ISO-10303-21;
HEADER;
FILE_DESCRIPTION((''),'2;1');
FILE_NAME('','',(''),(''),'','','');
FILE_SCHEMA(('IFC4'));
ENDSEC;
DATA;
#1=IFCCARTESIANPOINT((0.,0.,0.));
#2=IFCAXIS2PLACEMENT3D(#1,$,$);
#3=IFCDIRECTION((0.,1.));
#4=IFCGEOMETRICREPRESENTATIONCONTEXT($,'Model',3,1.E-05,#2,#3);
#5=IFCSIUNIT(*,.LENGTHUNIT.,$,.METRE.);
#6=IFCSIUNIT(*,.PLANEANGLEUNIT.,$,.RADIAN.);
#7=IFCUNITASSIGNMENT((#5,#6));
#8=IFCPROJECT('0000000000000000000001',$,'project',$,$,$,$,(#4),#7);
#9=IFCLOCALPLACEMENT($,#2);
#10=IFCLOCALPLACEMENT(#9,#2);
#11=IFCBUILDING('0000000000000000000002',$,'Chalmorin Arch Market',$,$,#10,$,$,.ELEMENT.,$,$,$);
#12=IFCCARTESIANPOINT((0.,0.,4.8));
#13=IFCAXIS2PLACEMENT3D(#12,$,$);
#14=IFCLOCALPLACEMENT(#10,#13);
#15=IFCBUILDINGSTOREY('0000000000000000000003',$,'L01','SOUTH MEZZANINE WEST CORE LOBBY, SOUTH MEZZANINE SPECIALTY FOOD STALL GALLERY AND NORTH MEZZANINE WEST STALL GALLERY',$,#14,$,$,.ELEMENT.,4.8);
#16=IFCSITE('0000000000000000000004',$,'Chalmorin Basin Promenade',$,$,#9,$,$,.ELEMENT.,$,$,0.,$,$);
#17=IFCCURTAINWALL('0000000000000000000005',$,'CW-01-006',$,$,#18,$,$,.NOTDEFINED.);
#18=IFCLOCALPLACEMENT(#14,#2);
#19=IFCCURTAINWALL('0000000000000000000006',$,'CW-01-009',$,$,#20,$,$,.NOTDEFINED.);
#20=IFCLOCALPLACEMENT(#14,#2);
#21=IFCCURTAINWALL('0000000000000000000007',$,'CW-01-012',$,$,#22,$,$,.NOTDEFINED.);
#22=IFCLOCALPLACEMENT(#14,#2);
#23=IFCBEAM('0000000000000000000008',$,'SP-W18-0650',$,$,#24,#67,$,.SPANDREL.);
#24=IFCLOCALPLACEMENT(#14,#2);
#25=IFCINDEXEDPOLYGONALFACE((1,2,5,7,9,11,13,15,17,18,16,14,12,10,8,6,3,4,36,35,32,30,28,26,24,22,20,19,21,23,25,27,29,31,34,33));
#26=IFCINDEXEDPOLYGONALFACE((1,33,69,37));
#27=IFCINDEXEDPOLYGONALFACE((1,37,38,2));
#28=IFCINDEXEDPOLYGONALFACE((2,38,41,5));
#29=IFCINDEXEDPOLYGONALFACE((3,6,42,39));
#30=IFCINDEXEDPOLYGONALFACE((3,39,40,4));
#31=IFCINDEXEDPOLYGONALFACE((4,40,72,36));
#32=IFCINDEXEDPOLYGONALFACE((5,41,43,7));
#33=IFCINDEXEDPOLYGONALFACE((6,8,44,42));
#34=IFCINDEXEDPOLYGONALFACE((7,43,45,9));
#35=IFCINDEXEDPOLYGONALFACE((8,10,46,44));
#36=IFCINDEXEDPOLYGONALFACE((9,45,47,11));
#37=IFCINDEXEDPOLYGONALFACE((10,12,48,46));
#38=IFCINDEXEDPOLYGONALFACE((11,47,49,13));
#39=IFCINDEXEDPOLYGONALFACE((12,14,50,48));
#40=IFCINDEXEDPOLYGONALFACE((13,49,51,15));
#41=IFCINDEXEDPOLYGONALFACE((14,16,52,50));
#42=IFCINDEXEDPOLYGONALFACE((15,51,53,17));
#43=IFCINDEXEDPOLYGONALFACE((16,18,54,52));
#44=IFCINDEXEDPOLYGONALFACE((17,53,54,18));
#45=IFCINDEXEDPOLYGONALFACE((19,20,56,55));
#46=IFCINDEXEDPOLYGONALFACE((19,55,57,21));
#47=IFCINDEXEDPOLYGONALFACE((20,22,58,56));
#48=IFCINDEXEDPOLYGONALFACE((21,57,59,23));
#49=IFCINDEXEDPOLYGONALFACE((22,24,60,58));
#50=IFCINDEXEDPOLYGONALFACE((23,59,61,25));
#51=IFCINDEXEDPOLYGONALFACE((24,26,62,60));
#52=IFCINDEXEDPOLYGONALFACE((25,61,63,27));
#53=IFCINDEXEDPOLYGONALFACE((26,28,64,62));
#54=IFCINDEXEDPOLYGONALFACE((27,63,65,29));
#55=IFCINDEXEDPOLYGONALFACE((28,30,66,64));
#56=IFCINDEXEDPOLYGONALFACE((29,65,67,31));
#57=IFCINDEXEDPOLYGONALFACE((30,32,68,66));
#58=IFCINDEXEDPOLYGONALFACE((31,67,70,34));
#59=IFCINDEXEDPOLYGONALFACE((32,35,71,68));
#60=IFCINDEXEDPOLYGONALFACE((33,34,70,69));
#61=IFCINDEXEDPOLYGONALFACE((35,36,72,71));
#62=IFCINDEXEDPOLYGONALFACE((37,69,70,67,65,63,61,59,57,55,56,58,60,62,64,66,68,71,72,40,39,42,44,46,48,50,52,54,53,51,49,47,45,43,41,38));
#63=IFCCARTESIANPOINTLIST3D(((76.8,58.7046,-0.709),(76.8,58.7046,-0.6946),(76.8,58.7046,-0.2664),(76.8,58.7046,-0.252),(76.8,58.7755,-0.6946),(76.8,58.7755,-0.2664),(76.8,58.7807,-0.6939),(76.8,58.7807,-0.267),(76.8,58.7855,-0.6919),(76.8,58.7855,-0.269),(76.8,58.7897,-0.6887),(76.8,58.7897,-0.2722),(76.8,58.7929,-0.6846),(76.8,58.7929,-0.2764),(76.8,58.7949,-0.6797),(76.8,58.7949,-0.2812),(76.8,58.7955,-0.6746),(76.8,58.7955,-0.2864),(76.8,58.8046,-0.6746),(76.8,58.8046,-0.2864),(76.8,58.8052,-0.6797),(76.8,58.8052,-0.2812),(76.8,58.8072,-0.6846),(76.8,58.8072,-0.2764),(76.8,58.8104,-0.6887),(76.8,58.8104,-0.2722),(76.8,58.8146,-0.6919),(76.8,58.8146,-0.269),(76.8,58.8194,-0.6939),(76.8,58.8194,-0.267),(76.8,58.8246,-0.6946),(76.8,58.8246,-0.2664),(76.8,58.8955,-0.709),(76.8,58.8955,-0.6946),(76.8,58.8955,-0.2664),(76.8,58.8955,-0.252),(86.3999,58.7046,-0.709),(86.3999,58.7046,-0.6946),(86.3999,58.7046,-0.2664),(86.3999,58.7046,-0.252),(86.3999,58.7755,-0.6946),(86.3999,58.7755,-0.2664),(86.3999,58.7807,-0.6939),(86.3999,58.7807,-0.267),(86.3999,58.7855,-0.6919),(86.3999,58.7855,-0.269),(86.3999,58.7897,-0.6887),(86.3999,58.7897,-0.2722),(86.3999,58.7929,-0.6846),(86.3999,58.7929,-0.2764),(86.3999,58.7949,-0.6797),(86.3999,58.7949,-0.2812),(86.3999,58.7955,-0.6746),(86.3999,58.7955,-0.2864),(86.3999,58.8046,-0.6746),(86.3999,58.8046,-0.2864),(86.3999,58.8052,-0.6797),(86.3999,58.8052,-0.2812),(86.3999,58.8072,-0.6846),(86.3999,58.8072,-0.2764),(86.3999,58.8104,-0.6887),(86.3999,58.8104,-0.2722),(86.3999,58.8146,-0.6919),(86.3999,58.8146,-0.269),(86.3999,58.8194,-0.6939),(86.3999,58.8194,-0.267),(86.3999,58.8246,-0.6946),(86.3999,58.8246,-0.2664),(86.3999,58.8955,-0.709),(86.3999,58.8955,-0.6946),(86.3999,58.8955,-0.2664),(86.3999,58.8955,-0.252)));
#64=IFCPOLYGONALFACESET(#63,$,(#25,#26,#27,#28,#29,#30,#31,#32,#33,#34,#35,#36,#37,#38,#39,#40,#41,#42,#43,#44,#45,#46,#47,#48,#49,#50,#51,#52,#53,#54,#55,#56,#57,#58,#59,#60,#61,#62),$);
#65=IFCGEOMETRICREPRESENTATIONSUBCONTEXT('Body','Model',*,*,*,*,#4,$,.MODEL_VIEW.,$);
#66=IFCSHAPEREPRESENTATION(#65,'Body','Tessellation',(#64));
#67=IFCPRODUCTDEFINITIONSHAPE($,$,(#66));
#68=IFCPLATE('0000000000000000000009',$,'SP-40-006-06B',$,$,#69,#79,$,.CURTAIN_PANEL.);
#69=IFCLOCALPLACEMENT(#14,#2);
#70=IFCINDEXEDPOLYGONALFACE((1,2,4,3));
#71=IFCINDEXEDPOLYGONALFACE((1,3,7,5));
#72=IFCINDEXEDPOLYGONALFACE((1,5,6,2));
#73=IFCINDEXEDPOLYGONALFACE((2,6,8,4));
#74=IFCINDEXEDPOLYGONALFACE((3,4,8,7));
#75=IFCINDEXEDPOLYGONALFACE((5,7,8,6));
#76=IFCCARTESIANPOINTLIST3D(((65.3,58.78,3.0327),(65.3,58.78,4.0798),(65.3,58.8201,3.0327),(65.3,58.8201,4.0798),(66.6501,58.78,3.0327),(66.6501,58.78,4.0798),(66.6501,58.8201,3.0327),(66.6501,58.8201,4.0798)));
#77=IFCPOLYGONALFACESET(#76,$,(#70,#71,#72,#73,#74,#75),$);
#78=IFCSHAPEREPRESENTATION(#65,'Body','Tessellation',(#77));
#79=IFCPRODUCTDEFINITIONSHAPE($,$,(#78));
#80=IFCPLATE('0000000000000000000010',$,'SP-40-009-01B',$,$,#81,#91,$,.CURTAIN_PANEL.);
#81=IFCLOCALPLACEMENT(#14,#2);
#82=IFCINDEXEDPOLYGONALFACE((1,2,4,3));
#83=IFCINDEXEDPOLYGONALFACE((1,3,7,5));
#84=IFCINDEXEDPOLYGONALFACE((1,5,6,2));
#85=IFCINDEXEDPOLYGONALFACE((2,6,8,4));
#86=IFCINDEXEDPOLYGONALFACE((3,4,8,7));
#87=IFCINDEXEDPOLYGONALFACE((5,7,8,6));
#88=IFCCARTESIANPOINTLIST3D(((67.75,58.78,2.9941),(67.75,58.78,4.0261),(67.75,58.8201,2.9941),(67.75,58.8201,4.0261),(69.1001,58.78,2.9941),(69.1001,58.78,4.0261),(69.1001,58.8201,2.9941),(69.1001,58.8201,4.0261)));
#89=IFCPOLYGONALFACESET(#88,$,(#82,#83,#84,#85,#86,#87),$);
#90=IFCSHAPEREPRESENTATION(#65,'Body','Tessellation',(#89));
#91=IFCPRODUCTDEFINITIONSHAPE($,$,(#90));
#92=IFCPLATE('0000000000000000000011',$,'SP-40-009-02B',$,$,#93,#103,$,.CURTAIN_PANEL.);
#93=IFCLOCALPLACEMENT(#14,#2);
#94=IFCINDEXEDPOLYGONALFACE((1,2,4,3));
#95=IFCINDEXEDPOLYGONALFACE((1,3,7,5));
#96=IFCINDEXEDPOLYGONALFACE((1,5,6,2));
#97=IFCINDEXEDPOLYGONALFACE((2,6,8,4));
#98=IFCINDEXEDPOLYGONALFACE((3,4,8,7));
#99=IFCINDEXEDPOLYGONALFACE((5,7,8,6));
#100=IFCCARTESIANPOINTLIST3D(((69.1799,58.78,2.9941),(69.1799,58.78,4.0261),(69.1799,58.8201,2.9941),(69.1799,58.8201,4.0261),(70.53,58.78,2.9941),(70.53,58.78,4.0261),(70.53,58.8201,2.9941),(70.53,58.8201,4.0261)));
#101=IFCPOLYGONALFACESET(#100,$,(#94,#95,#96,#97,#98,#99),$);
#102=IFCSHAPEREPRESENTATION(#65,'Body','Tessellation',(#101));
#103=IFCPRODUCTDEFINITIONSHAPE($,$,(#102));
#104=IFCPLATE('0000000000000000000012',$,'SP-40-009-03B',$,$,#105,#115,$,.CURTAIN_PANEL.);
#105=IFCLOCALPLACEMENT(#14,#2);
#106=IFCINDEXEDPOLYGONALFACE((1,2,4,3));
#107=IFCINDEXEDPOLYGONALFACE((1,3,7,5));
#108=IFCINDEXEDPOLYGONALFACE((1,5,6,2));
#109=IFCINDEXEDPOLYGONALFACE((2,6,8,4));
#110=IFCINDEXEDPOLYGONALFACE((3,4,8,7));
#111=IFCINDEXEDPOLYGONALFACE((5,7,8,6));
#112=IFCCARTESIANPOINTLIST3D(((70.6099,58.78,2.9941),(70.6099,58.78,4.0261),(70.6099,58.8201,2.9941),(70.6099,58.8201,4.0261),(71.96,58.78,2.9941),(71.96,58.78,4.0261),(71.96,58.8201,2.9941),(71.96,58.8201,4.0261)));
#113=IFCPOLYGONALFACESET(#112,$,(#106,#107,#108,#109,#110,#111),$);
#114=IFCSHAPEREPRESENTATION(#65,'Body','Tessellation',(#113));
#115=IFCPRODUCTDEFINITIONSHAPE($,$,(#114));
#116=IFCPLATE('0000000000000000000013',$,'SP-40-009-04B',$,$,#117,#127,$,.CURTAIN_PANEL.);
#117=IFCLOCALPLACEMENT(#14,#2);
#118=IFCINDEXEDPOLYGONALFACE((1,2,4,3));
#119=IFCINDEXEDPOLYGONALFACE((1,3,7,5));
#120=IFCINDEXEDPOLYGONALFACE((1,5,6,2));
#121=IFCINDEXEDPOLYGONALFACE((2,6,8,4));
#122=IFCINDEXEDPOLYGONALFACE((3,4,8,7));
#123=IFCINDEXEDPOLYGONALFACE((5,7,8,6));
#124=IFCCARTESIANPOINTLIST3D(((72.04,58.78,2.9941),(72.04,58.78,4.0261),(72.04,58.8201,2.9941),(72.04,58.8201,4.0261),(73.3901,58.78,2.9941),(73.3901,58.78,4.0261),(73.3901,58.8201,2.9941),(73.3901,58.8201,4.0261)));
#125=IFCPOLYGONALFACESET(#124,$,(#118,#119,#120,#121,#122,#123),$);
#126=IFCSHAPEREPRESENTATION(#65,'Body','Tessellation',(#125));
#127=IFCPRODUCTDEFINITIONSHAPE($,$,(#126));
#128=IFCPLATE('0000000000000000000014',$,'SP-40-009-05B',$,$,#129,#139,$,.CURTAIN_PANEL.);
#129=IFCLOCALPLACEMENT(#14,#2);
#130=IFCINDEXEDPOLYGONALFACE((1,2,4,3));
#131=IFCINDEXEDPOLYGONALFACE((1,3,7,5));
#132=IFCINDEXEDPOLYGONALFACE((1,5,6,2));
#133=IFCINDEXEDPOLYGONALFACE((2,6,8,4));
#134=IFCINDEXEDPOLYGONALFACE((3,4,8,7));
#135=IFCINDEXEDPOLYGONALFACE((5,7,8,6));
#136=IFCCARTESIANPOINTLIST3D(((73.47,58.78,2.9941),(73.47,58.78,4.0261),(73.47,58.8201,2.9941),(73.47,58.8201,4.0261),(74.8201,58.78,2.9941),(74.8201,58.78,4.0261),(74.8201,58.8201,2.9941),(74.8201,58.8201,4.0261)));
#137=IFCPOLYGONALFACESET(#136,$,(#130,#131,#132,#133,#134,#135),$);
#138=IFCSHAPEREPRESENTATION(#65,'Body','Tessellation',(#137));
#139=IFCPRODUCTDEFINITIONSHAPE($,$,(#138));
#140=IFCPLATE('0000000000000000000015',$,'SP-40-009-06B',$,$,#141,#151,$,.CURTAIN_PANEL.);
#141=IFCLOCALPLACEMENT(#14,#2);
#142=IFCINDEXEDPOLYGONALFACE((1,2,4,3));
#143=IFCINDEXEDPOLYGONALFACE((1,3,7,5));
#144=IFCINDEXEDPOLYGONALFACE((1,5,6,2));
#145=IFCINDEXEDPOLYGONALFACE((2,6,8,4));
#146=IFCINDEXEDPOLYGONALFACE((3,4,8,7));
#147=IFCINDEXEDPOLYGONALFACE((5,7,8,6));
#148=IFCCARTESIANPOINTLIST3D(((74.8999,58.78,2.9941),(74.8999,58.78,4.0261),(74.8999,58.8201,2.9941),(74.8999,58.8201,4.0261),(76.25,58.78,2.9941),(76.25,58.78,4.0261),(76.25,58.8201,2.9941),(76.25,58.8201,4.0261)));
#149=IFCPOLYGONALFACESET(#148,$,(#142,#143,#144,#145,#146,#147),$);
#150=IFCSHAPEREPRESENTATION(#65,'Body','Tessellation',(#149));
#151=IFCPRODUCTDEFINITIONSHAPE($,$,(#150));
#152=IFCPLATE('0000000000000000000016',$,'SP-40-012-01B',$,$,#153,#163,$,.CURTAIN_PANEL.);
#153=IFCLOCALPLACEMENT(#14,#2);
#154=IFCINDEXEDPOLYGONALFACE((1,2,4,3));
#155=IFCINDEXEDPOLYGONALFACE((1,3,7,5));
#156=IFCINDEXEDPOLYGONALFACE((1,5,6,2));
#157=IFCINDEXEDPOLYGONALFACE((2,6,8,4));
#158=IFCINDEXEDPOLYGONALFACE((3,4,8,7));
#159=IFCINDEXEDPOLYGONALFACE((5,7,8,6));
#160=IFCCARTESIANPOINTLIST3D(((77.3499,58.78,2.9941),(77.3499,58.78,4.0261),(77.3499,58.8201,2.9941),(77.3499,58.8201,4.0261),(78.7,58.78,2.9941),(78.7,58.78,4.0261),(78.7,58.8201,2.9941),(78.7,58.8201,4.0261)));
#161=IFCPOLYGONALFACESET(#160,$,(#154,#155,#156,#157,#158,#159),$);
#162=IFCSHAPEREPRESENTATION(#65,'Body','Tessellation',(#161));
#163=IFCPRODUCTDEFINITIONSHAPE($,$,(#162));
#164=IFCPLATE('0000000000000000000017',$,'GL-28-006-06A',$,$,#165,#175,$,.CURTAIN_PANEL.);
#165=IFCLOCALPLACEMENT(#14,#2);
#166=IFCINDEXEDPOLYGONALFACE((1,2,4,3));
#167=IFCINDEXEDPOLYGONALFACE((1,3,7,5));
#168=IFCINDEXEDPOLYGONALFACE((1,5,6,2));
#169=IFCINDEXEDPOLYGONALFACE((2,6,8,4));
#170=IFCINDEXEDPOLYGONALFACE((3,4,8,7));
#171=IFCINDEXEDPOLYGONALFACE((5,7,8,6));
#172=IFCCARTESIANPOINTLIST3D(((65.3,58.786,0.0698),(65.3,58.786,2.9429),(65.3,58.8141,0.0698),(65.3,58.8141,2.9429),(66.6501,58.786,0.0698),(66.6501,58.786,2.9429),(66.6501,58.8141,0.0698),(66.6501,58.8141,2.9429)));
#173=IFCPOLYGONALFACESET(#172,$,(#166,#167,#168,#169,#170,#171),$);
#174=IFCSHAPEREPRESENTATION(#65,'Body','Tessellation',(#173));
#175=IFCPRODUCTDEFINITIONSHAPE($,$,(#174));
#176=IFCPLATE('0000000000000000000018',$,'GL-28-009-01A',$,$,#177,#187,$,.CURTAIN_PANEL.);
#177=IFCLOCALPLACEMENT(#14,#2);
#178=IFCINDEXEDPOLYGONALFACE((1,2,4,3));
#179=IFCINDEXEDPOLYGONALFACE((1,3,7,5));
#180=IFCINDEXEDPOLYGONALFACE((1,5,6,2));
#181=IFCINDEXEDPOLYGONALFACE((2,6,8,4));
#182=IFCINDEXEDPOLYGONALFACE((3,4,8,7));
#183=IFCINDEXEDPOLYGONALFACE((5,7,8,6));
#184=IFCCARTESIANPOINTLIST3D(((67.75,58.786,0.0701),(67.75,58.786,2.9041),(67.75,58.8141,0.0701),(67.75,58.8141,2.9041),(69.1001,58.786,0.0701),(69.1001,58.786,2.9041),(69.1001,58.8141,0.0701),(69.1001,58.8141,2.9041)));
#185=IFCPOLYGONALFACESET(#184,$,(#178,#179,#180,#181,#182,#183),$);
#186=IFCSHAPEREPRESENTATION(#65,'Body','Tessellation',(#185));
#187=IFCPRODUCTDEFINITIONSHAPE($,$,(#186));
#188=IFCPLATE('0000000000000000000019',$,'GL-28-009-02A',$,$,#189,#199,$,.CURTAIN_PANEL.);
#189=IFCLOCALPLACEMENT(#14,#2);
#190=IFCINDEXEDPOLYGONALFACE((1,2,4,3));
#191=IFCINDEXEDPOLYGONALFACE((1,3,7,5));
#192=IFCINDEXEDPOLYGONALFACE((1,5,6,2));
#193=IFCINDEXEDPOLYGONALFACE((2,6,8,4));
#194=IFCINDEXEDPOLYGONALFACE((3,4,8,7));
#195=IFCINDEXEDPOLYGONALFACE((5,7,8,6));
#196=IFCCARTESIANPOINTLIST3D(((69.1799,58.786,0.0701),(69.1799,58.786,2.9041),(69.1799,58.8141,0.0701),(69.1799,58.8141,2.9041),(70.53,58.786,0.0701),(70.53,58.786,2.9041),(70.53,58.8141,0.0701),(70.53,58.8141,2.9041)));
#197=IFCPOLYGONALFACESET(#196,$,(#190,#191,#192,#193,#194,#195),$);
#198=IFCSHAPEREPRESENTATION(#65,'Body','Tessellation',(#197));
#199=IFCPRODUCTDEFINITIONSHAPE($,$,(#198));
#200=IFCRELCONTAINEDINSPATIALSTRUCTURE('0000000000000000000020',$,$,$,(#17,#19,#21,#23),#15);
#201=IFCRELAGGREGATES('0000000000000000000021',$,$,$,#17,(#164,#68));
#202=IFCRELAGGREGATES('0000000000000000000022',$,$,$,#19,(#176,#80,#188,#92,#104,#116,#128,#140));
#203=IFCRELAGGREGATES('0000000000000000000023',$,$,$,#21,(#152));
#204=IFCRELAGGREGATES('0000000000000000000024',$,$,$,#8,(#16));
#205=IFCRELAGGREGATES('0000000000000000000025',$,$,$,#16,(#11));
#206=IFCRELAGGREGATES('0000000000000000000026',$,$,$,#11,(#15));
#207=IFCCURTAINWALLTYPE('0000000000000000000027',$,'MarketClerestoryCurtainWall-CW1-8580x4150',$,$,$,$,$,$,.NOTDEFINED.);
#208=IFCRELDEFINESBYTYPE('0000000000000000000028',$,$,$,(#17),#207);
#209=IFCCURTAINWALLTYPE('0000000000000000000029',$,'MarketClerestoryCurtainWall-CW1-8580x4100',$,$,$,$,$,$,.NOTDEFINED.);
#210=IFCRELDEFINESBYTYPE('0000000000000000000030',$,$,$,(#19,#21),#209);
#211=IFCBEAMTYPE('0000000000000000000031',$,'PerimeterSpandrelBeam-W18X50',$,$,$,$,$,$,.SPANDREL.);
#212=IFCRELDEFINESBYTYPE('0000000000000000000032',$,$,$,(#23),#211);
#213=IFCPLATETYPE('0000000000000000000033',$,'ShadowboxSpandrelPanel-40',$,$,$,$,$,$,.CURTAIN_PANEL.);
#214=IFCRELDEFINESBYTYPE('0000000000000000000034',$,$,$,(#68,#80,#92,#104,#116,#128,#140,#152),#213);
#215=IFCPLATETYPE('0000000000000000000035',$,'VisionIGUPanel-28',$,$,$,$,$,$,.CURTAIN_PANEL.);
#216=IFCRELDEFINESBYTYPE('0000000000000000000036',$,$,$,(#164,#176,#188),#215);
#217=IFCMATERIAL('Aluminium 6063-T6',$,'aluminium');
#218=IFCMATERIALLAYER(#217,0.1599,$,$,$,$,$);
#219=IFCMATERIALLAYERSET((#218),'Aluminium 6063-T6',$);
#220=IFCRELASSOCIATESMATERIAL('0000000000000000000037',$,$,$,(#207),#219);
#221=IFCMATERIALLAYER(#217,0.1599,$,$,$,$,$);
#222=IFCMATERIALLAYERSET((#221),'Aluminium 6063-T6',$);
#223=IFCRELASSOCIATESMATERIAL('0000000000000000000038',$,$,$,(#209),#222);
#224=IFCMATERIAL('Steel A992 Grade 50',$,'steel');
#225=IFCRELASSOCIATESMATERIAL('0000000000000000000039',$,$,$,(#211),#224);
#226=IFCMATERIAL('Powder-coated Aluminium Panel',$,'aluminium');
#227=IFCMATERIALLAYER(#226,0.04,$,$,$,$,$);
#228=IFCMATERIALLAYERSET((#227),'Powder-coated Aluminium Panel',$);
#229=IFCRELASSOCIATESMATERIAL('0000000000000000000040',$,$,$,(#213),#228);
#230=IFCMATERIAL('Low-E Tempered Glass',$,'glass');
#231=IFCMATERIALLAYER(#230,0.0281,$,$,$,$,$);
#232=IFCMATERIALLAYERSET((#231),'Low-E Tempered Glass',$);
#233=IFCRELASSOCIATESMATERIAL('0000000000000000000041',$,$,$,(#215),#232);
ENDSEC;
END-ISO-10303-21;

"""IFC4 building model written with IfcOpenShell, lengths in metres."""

from ifc_helpers import new_model, si_unit, direction, frame, origin, origin_2d, place, context, subcontext, project, spatial, rectangle, i_section, extrude, material, layer, layer_set, material_profile, profile_set, type_object, element, aggregate, save


model = new_model("IFC4")

# Units and contexts
model_context = context("Model", 3, precision=1e-05, world=origin(), true_north=direction((0.0, 1.0)))
body_context = subcontext(model_context, "Body", "Model", "MODEL_VIEW")
ifc_project = project(units=[si_unit("LENGTHUNIT", "METRE"), si_unit("PLANEANGLEUNIT", "RADIAN")], contexts=[model_context])

# Site, building, storey
site_placement = place(None, origin())
site = spatial("IfcSite", under=ifc_project, at=site_placement, Name="Chalmorin Basin Promenade", CompositionType="ELEMENT", RefElevation=0.0)
building_placement = place(site_placement, origin())
building = spatial("IfcBuilding", under=site, at=building_placement, Name="Chalmorin Arch Market", CompositionType="ELEMENT")
storey_placement = place(building_placement, frame((0.0, 0.0, 4.8)))
storey = spatial("IfcBuildingStorey", under=building, at=storey_placement, Name="L01", Description="SOUTH MEZZANINE WEST CORE LOBBY, SOUTH MEZZANINE SPECIALTY FOOD STALL GALLERY AND NORTH MEZZANINE WEST STALL GALLERY", CompositionType="ELEMENT", Elevation=4.8)

# Curtain walls
ifc_material_1 = material(Name="Aluminium 6063-T6", Category="aluminium")
ifc_layer_1 = layer(ifc_material_1, 0.1599)
ifc_layer_set_1 = layer_set([ifc_layer_1], Name="Aluminium 6063-T6")
curtain_wall_type_1 = type_object("IfcCurtainWallType", Name="MarketClerestoryCurtainWall-CW1-8580x4150", PredefinedType="NOTDEFINED", material=ifc_layer_set_1)
curtain_wall_1_placement = place(storey_placement, origin())
curtain_wall_1 = element("IfcCurtainWall", 1, at=curtain_wall_1_placement, inside=storey, type_object=curtain_wall_type_1, Name="CW-01-006", PredefinedType="NOTDEFINED")
ifc_layer_2 = layer(ifc_material_1, 0.1599)
ifc_layer_set_2 = layer_set([ifc_layer_2], Name="Aluminium 6063-T6")
curtain_wall_type_2 = type_object("IfcCurtainWallType", Name="MarketClerestoryCurtainWall-CW1-8580x4100", PredefinedType="NOTDEFINED", material=ifc_layer_set_2)
curtain_wall_2_placement = place(storey_placement, origin())
curtain_wall_2 = element("IfcCurtainWall", 2, at=curtain_wall_2_placement, inside=storey, type_object=curtain_wall_type_2, Name="CW-01-009", PredefinedType="NOTDEFINED")
curtain_wall_3_placement = place(storey_placement, origin())
curtain_wall_3 = element("IfcCurtainWall", 3, at=curtain_wall_3_placement, inside=storey, type_object=curtain_wall_type_2, Name="CW-01-012", PredefinedType="NOTDEFINED")

# Beam
ifc_material_2 = material(Name="Steel A992 Grade 50", Category="steel")
ifc_material_profile_1 = material_profile(ifc_material_2, i_section(OverallWidth=0.1909, OverallDepth=0.457, WebThickness=0.009, FlangeThickness=0.0144, FilletRadius=0.02, at=origin_2d()), Name="W18X50")
ifc_profile_set_1 = profile_set([ifc_material_profile_1], Name="Steel A992 Grade 50")
beam_type = type_object("IfcBeamType", Name="PerimeterSpandrelBeam-W18X50", PredefinedType="SPANDREL", material=ifc_profile_set_1)
beam_1_placement = place(storey_placement, frame((76.8, 58.8, -0.4805), z_axis=(1.0, 0.0, 0.0), x_axis=(0.0, 1.0, 0.0)))
element("IfcBeam", 4, at=beam_1_placement, inside=storey, type_object=beam_type, Name="SP-W18-0650", PredefinedType="SPANDREL", context=body_context, shape_type="SweptSolid", body=[
    extrude(i_section(OverallWidth=0.1909, OverallDepth=0.457, WebThickness=0.009, FlangeThickness=0.0144, FilletRadius=0.02, at=origin_2d()), origin(), (0.0, 0.0, 1.0), 9.5999),
])

# Plates
ifc_material_3 = material(Name="Powder-coated Aluminium Panel", Category="aluminium")
ifc_layer_3 = layer(ifc_material_3, 0.04)
ifc_layer_set_3 = layer_set([ifc_layer_3], Name="Powder-coated Aluminium Panel")
plate_type_1 = type_object("IfcPlateType", Name="ShadowboxSpandrelPanel-40", PredefinedType="CURTAIN_PANEL", material=ifc_layer_set_3)
plate_1_placement = place(storey_placement, frame((65.9751, 58.8, 3.0327), z_axis=(0.0, 0.0, 1.0), x_axis=(1.0, 0.0, 0.0)))
plate_1 = element("IfcPlate", 5, at=plate_1_placement, type_object=plate_type_1, Name="SP-40-006-06B", PredefinedType="CURTAIN_PANEL", context=body_context, shape_type="SweptSolid", body=[
    extrude(rectangle(XDim=1.3501, YDim=0.04, at=origin_2d()), origin(), (0.0, 0.0, 1.0), 1.0471),
])
plate_2_placement = place(storey_placement, frame((68.425, 58.8, 2.9941), z_axis=(0.0, 0.0, 1.0), x_axis=(1.0, 0.0, 0.0)))
plate_2 = element("IfcPlate", 6, at=plate_2_placement, type_object=plate_type_1, Name="SP-40-009-01B", PredefinedType="CURTAIN_PANEL", context=body_context, shape_type="SweptSolid", body=[
    extrude(rectangle(XDim=1.3501, YDim=0.04, at=origin_2d()), origin(), (0.0, 0.0, 1.0), 1.032),
])
plate_3_placement = place(storey_placement, frame((69.855, 58.8, 2.9941), z_axis=(0.0, 0.0, 1.0), x_axis=(1.0, 0.0, 0.0)))
plate_3 = element("IfcPlate", 7, at=plate_3_placement, type_object=plate_type_1, Name="SP-40-009-02B", PredefinedType="CURTAIN_PANEL", context=body_context, shape_type="SweptSolid", body=[
    extrude(rectangle(XDim=1.3501, YDim=0.04, at=origin_2d()), origin(), (0.0, 0.0, 1.0), 1.032),
])
plate_4_placement = place(storey_placement, frame((71.2849, 58.8, 2.9941), z_axis=(0.0, 0.0, 1.0), x_axis=(1.0, 0.0, 0.0)))
plate_4 = element("IfcPlate", 8, at=plate_4_placement, type_object=plate_type_1, Name="SP-40-009-03B", PredefinedType="CURTAIN_PANEL", context=body_context, shape_type="SweptSolid", body=[
    extrude(rectangle(XDim=1.3501, YDim=0.04, at=origin_2d()), origin(), (0.0, 0.0, 1.0), 1.032),
])
plate_5_placement = place(storey_placement, frame((72.7151, 58.8, 2.9941), z_axis=(0.0, 0.0, 1.0), x_axis=(1.0, 0.0, 0.0)))
plate_5 = element("IfcPlate", 9, at=plate_5_placement, type_object=plate_type_1, Name="SP-40-009-04B", PredefinedType="CURTAIN_PANEL", context=body_context, shape_type="SweptSolid", body=[
    extrude(rectangle(XDim=1.3501, YDim=0.04, at=origin_2d()), origin(), (0.0, 0.0, 1.0), 1.032),
])
plate_6_placement = place(storey_placement, frame((74.145, 58.8, 2.9941), z_axis=(0.0, 0.0, 1.0), x_axis=(1.0, 0.0, 0.0)))
plate_6 = element("IfcPlate", 10, at=plate_6_placement, type_object=plate_type_1, Name="SP-40-009-05B", PredefinedType="CURTAIN_PANEL", context=body_context, shape_type="SweptSolid", body=[
    extrude(rectangle(XDim=1.3501, YDim=0.04, at=origin_2d()), origin(), (0.0, 0.0, 1.0), 1.032),
])
plate_7_placement = place(storey_placement, frame((75.575, 58.8, 2.9941), z_axis=(0.0, 0.0, 1.0), x_axis=(1.0, 0.0, 0.0)))
plate_7 = element("IfcPlate", 11, at=plate_7_placement, type_object=plate_type_1, Name="SP-40-009-06B", PredefinedType="CURTAIN_PANEL", context=body_context, shape_type="SweptSolid", body=[
    extrude(rectangle(XDim=1.3501, YDim=0.04, at=origin_2d()), origin(), (0.0, 0.0, 1.0), 1.032),
])
plate_8_placement = place(storey_placement, frame((78.0249, 58.8, 2.9941), z_axis=(0.0, 0.0, 1.0), x_axis=(1.0, 0.0, 0.0)))
plate_8 = element("IfcPlate", 12, at=plate_8_placement, type_object=plate_type_1, Name="SP-40-012-01B", PredefinedType="CURTAIN_PANEL", context=body_context, shape_type="SweptSolid", body=[
    extrude(rectangle(XDim=1.3501, YDim=0.04, at=origin_2d()), origin(), (0.0, 0.0, 1.0), 1.032),
])
ifc_material_4 = material(Name="Low-E Tempered Glass", Category="glass")
ifc_layer_4 = layer(ifc_material_4, 0.0281)
ifc_layer_set_4 = layer_set([ifc_layer_4], Name="Low-E Tempered Glass")
plate_type_2 = type_object("IfcPlateType", Name="VisionIGUPanel-28", PredefinedType="CURTAIN_PANEL", material=ifc_layer_set_4)
plate_9_placement = place(storey_placement, frame((65.9751, 58.8, 0.0698), z_axis=(0.0, 0.0, 1.0), x_axis=(1.0, 0.0, 0.0)))
plate_9 = element("IfcPlate", 13, at=plate_9_placement, type_object=plate_type_2, Name="GL-28-006-06A", PredefinedType="CURTAIN_PANEL", context=body_context, shape_type="SweptSolid", body=[
    extrude(rectangle(XDim=1.3501, YDim=0.0281, at=origin_2d()), origin(), (0.0, 0.0, 1.0), 2.873),
])
aggregate(curtain_wall_1, [plate_9, plate_1])
plate_10_placement = place(storey_placement, frame((68.425, 58.8, 0.0701), z_axis=(0.0, 0.0, 1.0), x_axis=(1.0, 0.0, 0.0)))
plate_10 = element("IfcPlate", 14, at=plate_10_placement, type_object=plate_type_2, Name="GL-28-009-01A", PredefinedType="CURTAIN_PANEL", context=body_context, shape_type="SweptSolid", body=[
    extrude(rectangle(XDim=1.3501, YDim=0.0281, at=origin_2d()), origin(), (0.0, 0.0, 1.0), 2.834),
])
plate_11_placement = place(storey_placement, frame((69.855, 58.8, 0.0701), z_axis=(0.0, 0.0, 1.0), x_axis=(1.0, 0.0, 0.0)))
plate_11 = element("IfcPlate", 15, at=plate_11_placement, type_object=plate_type_2, Name="GL-28-009-02A", PredefinedType="CURTAIN_PANEL", context=body_context, shape_type="SweptSolid", body=[
    extrude(rectangle(XDim=1.3501, YDim=0.0281, at=origin_2d()), origin(), (0.0, 0.0, 1.0), 2.834),
])
aggregate(curtain_wall_2, [plate_10, plate_2, plate_11, plate_3, plate_4, plate_5, plate_6, plate_7])
aggregate(curtain_wall_3, [plate_8])

save(model, "model.ifc")
